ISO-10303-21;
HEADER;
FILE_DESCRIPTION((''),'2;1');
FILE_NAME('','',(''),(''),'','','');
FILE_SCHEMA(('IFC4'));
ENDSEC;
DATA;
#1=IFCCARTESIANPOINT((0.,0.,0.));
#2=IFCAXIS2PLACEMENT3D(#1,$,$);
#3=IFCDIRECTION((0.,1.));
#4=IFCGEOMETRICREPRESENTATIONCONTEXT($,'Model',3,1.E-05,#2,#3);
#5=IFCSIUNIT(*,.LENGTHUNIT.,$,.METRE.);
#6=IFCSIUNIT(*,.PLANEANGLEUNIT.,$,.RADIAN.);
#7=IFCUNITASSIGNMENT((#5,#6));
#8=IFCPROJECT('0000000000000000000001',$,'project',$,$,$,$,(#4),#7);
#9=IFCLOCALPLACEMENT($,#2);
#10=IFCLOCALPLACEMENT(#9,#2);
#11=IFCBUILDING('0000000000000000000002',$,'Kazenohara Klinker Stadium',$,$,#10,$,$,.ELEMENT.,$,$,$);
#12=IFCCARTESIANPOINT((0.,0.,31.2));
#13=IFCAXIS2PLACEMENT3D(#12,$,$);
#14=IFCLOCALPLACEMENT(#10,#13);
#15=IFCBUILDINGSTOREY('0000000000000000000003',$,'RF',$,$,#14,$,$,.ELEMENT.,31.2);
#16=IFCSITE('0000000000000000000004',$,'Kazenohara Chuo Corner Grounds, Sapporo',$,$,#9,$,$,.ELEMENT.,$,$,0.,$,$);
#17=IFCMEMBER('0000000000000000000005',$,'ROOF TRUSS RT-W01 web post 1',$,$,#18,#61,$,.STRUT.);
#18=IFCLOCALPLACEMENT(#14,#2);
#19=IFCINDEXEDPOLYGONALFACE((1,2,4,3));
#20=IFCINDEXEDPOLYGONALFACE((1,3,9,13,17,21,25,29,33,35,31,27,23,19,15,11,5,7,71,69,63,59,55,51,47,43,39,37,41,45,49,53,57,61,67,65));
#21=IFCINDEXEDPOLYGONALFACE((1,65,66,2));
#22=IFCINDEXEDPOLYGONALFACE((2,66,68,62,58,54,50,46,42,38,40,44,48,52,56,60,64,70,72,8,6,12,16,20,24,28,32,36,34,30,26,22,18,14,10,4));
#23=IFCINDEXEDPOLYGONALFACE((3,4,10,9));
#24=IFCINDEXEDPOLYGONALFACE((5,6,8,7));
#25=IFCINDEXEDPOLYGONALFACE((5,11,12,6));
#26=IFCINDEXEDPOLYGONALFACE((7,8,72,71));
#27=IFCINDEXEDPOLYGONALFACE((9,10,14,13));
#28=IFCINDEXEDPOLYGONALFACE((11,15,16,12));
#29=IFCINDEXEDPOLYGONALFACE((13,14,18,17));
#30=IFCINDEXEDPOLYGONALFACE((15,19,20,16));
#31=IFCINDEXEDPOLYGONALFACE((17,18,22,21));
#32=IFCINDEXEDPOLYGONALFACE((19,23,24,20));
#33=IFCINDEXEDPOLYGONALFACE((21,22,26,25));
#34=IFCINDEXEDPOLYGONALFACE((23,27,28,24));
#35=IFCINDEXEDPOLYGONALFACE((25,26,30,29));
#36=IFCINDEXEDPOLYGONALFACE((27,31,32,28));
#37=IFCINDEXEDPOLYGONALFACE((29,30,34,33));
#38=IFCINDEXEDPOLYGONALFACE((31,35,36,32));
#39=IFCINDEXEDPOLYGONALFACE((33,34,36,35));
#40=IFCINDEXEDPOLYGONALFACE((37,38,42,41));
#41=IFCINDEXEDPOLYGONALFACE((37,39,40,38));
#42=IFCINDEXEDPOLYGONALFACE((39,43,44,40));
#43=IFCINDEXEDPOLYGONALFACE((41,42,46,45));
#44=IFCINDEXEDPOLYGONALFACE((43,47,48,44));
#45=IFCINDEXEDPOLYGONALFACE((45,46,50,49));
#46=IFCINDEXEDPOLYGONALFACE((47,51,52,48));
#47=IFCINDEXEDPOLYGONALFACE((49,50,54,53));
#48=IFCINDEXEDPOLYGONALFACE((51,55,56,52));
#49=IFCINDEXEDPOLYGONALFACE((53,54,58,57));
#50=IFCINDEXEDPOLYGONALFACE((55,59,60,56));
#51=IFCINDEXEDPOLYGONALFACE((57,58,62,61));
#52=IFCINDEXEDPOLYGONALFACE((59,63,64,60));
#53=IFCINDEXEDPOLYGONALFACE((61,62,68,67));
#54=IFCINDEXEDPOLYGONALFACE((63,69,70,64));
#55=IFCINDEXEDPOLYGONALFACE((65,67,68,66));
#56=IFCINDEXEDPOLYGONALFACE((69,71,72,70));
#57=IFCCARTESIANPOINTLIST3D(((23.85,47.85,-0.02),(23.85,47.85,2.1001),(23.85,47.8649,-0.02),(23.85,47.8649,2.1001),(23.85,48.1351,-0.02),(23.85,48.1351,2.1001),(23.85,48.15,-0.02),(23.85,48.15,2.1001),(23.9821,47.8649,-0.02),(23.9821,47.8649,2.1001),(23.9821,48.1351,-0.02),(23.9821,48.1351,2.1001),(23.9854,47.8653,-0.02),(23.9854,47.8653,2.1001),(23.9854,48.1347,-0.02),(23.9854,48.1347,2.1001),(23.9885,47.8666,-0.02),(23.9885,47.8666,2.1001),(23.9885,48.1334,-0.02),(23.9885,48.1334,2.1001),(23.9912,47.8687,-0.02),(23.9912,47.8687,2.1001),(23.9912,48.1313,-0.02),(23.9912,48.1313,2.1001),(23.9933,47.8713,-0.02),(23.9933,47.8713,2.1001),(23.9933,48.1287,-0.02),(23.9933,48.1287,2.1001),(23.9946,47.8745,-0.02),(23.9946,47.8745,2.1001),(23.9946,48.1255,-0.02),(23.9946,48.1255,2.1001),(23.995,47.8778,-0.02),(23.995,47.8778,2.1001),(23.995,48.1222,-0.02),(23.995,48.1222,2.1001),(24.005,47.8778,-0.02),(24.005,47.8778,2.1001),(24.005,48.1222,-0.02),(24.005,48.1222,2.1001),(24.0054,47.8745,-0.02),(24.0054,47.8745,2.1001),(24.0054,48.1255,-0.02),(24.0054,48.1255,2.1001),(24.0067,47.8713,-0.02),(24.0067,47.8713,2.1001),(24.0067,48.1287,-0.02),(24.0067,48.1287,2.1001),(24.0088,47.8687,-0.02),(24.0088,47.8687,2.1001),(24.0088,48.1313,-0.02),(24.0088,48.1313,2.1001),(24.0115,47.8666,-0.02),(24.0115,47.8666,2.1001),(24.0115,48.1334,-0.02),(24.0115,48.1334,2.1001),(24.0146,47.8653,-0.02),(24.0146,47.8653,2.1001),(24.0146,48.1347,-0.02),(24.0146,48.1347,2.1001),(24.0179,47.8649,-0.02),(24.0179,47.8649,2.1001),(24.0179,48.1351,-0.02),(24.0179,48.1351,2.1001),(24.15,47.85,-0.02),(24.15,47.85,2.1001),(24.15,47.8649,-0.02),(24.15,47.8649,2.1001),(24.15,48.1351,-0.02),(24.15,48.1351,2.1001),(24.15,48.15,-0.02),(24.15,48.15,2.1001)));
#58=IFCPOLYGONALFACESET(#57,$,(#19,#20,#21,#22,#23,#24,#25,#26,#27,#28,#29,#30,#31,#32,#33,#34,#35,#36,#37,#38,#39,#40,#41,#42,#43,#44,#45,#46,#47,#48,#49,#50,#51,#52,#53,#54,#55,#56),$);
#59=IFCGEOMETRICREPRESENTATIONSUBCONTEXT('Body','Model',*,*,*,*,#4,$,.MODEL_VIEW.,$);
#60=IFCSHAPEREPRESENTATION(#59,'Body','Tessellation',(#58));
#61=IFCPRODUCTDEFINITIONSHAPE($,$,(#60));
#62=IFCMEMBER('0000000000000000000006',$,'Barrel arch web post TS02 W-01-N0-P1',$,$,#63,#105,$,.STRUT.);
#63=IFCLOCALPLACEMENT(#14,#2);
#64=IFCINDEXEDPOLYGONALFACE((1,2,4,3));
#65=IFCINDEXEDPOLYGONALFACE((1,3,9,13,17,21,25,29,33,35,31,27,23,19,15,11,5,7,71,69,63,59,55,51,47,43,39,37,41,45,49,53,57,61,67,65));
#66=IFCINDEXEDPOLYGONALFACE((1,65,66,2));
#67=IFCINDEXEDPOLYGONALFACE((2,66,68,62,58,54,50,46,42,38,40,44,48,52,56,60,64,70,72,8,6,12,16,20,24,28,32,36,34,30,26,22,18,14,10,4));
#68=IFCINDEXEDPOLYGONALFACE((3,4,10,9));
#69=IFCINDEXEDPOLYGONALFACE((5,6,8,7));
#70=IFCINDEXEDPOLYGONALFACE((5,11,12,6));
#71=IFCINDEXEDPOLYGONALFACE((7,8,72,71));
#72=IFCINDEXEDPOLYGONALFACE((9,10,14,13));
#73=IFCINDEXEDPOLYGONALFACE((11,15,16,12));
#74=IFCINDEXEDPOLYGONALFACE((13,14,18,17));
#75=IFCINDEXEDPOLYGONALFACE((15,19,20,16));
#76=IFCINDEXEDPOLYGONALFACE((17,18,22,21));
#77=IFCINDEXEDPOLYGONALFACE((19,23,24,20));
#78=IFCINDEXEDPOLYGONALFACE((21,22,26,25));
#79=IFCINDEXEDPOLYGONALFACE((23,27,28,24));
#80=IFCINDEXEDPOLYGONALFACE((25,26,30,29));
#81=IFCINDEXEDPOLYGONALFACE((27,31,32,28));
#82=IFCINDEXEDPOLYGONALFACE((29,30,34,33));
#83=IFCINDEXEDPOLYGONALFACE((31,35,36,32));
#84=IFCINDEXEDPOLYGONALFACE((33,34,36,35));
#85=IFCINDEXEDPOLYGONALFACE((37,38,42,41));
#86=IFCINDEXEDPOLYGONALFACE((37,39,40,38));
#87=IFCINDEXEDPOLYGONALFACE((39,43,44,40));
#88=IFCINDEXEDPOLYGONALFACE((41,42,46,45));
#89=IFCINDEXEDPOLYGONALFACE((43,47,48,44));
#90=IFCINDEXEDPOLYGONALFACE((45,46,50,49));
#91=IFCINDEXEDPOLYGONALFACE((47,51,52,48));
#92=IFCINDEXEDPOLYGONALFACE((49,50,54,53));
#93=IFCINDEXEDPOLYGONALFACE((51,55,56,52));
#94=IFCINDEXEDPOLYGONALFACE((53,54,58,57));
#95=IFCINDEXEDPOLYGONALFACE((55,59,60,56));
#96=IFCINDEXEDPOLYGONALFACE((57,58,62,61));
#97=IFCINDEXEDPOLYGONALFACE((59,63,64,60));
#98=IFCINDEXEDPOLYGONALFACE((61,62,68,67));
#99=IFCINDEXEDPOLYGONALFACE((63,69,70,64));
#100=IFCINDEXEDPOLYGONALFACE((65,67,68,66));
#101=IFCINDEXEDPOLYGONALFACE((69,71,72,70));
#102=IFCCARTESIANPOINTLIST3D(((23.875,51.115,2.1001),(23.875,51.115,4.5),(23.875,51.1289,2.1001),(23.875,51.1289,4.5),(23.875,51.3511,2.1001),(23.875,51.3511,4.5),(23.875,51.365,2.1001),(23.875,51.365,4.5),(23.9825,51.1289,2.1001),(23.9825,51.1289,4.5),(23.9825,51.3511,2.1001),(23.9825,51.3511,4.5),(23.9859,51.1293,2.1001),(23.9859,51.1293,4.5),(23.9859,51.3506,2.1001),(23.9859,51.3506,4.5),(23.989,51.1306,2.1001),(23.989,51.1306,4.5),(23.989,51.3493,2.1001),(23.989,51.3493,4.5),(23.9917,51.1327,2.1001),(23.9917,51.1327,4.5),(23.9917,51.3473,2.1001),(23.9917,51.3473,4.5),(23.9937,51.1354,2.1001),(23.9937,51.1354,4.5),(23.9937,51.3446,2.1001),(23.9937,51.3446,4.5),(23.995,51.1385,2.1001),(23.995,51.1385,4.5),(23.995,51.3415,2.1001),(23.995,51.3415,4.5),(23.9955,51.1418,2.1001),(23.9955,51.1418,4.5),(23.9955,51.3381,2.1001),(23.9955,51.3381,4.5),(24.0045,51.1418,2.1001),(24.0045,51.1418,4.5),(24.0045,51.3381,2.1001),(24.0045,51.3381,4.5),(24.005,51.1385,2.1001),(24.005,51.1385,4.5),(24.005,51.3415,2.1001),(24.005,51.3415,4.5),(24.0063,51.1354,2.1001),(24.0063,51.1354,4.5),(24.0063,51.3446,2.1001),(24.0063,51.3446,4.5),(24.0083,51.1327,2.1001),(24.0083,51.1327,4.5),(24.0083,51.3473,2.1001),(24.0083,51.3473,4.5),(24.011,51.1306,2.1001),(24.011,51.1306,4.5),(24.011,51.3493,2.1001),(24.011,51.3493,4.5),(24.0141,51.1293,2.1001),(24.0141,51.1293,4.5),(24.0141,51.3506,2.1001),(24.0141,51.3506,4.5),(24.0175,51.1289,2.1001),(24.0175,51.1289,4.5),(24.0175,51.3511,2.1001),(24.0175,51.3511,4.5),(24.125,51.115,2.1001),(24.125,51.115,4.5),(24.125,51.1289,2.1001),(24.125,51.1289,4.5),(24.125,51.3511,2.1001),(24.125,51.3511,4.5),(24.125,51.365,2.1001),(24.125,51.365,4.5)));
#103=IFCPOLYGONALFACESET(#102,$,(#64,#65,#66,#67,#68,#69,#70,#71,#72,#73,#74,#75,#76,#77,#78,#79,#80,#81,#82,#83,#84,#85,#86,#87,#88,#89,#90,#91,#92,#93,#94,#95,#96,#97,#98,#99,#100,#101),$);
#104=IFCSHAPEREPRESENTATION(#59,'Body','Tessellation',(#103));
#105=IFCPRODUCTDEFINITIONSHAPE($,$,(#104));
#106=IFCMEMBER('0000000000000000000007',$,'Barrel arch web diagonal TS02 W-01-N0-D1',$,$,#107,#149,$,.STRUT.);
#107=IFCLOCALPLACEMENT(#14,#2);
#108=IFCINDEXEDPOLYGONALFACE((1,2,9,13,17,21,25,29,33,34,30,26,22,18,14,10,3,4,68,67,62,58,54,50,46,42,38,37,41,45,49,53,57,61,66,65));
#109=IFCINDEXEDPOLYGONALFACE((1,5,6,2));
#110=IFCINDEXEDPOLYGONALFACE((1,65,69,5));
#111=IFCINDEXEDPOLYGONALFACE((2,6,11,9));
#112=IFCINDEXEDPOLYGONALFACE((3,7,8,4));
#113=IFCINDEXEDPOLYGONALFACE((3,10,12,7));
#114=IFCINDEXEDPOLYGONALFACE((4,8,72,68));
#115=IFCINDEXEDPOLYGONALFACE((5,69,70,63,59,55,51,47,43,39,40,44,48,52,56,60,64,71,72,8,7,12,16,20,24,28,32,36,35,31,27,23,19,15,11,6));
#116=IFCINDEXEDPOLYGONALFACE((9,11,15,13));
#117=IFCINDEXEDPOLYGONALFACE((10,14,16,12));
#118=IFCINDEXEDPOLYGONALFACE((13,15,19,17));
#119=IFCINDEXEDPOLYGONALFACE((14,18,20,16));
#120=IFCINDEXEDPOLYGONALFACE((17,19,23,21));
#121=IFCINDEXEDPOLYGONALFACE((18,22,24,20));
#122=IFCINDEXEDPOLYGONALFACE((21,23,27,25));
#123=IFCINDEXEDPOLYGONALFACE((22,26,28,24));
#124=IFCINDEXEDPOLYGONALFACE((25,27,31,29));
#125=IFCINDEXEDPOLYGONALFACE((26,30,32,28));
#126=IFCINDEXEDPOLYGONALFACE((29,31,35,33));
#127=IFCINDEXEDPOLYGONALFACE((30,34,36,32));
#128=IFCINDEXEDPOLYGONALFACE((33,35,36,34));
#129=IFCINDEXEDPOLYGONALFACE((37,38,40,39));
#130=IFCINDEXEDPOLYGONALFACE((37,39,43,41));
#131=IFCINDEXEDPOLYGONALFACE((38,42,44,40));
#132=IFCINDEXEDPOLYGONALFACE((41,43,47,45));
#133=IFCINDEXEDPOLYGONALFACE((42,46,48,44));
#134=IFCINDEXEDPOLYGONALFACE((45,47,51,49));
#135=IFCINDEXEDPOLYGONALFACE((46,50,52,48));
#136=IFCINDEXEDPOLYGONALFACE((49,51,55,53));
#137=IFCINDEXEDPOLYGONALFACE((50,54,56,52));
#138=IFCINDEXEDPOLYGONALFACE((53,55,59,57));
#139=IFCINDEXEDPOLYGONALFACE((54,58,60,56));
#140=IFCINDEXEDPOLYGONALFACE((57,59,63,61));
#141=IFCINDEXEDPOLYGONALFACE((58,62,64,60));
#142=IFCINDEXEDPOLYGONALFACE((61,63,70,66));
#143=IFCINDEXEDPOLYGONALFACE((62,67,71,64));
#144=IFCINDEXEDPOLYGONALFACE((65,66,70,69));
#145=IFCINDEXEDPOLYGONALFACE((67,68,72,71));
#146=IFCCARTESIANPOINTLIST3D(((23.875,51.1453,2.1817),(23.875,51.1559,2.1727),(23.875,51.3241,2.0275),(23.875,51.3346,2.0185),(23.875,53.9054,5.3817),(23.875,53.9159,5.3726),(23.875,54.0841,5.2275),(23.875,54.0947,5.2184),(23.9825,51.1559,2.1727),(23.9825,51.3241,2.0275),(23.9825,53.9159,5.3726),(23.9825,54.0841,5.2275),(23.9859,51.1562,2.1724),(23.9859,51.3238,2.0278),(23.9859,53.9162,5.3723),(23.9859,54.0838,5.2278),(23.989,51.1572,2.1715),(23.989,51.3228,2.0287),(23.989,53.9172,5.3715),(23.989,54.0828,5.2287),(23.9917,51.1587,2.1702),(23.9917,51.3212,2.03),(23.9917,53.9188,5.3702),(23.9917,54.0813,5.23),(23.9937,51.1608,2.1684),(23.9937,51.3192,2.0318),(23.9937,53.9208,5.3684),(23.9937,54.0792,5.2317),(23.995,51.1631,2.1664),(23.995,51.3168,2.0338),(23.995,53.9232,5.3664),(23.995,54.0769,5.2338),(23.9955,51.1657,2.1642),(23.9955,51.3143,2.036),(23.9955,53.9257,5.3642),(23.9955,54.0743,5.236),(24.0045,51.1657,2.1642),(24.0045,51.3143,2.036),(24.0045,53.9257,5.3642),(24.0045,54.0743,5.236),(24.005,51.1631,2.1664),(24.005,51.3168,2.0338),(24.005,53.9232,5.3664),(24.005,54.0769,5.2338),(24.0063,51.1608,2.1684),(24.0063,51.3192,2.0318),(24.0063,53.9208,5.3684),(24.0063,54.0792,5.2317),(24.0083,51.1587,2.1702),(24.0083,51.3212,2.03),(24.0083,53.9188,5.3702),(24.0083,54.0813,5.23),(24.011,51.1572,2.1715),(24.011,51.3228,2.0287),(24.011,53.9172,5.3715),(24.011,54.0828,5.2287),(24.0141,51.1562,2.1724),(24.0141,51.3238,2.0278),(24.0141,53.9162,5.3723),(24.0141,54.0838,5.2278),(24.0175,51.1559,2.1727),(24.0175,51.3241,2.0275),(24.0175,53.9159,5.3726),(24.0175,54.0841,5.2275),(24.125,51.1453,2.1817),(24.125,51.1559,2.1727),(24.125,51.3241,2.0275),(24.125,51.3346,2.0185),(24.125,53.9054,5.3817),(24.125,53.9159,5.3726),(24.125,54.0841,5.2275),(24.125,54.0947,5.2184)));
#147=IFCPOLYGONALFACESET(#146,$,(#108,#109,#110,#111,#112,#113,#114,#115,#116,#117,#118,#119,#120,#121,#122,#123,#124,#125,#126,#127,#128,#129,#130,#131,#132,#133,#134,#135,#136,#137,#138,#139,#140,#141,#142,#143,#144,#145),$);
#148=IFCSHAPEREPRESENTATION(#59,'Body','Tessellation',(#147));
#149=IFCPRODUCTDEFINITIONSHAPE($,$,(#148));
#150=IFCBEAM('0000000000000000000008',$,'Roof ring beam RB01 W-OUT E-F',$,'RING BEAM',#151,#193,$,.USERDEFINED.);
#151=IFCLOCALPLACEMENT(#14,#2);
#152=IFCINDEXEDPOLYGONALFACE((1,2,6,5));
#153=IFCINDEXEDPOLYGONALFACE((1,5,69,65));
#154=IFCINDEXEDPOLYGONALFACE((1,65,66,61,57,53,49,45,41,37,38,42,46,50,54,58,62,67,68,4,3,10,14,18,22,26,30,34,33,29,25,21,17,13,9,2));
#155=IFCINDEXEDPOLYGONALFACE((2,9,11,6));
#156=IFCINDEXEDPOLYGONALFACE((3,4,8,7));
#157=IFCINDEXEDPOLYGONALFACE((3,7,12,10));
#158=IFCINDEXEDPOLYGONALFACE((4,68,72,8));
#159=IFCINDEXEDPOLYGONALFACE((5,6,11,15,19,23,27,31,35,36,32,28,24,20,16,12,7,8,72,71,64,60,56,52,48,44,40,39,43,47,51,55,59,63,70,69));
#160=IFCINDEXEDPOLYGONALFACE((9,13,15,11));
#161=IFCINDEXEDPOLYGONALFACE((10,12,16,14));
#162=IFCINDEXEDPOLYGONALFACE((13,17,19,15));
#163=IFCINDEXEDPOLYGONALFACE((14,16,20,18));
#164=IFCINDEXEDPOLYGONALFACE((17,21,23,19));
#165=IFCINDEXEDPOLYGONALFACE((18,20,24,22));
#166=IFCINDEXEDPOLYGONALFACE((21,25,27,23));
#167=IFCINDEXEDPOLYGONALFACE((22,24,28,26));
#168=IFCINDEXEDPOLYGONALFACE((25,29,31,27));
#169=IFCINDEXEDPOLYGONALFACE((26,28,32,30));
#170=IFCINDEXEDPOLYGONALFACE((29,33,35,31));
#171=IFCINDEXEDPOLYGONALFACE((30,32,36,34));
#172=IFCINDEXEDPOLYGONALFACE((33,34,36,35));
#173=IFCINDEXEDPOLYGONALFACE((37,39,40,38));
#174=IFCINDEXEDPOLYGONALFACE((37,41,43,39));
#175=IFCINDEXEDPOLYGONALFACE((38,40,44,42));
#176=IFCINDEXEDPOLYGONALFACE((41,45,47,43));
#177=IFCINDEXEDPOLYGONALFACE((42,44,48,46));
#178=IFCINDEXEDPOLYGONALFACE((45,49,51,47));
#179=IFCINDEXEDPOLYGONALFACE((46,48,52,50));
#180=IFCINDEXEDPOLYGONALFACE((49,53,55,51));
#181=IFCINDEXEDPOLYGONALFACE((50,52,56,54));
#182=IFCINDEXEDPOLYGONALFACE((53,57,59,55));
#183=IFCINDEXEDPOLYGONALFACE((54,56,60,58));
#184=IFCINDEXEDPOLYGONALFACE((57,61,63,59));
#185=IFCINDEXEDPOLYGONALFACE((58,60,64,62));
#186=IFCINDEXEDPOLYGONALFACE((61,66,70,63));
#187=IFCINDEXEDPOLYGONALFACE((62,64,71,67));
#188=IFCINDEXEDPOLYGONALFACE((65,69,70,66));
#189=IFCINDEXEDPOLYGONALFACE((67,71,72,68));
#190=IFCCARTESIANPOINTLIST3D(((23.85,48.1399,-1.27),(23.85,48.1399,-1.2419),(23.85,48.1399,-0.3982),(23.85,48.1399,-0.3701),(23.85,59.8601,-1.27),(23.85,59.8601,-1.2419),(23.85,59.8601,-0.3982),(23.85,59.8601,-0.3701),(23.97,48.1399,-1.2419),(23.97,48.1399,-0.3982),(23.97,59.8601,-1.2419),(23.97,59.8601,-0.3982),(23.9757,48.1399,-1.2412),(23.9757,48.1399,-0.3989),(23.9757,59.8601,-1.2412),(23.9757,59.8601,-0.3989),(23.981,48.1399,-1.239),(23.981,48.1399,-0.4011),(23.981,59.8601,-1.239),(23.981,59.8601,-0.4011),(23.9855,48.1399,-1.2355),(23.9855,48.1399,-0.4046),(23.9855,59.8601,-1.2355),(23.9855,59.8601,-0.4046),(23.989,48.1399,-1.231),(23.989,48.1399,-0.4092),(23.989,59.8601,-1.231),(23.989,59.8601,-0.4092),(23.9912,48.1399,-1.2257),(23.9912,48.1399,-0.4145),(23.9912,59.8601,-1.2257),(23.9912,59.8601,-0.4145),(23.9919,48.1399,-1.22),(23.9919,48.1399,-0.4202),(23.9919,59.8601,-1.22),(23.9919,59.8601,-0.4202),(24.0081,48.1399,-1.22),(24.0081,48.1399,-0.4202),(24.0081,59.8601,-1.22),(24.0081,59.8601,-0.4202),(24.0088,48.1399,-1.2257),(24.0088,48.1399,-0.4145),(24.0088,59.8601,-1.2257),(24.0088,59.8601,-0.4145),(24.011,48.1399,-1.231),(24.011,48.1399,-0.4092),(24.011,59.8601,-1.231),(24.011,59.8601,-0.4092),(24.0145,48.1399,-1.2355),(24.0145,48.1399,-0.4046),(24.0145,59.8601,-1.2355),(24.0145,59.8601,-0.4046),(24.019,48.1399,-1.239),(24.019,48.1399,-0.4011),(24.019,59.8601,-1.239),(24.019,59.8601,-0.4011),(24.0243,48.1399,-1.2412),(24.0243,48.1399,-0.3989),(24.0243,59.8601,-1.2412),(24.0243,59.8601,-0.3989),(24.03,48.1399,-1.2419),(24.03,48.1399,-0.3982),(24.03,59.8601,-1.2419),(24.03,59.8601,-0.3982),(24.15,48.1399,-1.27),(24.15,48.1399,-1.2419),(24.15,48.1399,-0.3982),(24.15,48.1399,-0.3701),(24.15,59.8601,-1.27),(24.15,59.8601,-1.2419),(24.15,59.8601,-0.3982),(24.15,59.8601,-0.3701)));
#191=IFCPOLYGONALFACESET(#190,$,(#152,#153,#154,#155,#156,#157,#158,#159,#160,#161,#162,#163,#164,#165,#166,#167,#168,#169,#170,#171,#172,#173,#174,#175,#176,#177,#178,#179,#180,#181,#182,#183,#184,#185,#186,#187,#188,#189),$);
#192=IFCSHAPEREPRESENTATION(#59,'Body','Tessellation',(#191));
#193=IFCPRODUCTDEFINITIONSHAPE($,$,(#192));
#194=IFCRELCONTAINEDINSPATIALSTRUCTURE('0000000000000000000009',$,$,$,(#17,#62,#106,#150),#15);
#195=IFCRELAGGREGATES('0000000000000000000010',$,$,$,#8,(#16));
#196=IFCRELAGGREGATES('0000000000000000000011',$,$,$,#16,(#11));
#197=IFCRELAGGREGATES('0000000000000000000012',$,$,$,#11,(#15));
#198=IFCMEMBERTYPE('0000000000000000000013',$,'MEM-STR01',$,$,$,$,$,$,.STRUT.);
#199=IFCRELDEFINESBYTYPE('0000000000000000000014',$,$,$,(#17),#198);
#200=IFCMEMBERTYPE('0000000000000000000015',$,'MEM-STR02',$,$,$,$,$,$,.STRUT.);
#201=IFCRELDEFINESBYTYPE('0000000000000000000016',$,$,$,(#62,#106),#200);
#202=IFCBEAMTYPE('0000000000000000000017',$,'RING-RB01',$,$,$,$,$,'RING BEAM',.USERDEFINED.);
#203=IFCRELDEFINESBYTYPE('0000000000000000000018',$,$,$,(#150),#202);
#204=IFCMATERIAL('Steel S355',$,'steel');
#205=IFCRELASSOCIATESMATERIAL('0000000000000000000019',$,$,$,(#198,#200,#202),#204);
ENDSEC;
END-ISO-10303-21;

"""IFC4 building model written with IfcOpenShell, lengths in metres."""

from ifc_helpers import new_model, si_unit, direction, frame, origin, origin_2d, place, context, subcontext, project, spatial, i_section, extrude, material, material_profile, profile_set, type_object, element, save


model = new_model("IFC4")

# Units and contexts
model_context = context("Model", 3, precision=1e-05, world=origin(), true_north=direction((0.0, 1.0)))
body_context = subcontext(model_context, "Body", "Model", "MODEL_VIEW")
ifc_project = project(units=[si_unit("LENGTHUNIT", "METRE"), si_unit("PLANEANGLEUNIT", "RADIAN")], contexts=[model_context])

# Site, building, storey
site_placement = place(None, origin())
site = spatial("IfcSite", under=ifc_project, at=site_placement, Name="Kazenohara Chuo Corner Grounds, Sapporo", CompositionType="ELEMENT", RefElevation=0.0)
building_placement = place(site_placement, origin())
building = spatial("IfcBuilding", under=site, at=building_placement, Name="Kazenohara Klinker Stadium", CompositionType="ELEMENT")
storey_placement = place(building_placement, frame((0.0, 0.0, 31.2)))
storey = spatial("IfcBuildingStorey", under=building, at=storey_placement, Name="RF", CompositionType="ELEMENT", Elevation=31.2)

# Members
ifc_material_1 = material(Name="Steel S355", Category="steel")
ifc_material_profile_1 = material_profile(ifc_material_1, i_section(OverallWidth=0.3, OverallDepth=0.3, WebThickness=0.01, FlangeThickness=0.0149, FilletRadius=0.0129, at=origin_2d()), Name="H-300x300x10x15")
ifc_profile_set_1 = profile_set([ifc_material_profile_1], Name="Steel S355")
member_type_1 = type_object("IfcMemberType", Name="MEM-STR01", PredefinedType="STRUT", material=ifc_profile_set_1)
member_1_placement = place(storey_placement, frame((24.0, 48.0, -0.02), z_axis=(0.0, 0.0, 1.0), x_axis=(1.0, 0.0, 0.0)))
element("IfcMember", 1, at=member_1_placement, inside=storey, type_object=member_type_1, Name="ROOF TRUSS RT-W01 web post 1", PredefinedType="STRUT", context=body_context, shape_type="SweptSolid", body=[
    extrude(i_section(OverallWidth=0.3, OverallDepth=0.3, WebThickness=0.01, FlangeThickness=0.0149, FilletRadius=0.0129, at=origin_2d()), origin(), (0.0, 0.0, 1.0), 2.1201),
])
ifc_material_profile_2 = material_profile(ifc_material_1, i_section(OverallWidth=0.25, OverallDepth=0.25, WebThickness=0.009, FlangeThickness=0.0139, FilletRadius=0.0129, at=origin_2d()), Name="H-250x250x9x14")
ifc_profile_set_2 = profile_set([ifc_material_profile_2], Name="Steel S355")
member_type_2 = type_object("IfcMemberType", Name="MEM-STR02", PredefinedType="STRUT", material=ifc_profile_set_2)
member_2_placement = place(storey_placement, frame((24.0, 51.24, 2.1001), z_axis=(0.0, 0.0, 1.0), x_axis=(1.0, 0.0, 0.0)))
element("IfcMember", 2, at=member_2_placement, inside=storey, type_object=member_type_2, Name="Barrel arch web post TS02 W-01-N0-P1", PredefinedType="STRUT", context=body_context, shape_type="SweptSolid", body=[
    extrude(i_section(OverallWidth=0.25, OverallDepth=0.25, WebThickness=0.009, FlangeThickness=0.0139, FilletRadius=0.0129, at=origin_2d()), origin(), (0.0, 0.0, 1.0), 2.3999),
])
member_3_placement = place(storey_placement, frame((24.0, 51.24, 2.1001), z_axis=(0.0, 0.653134, 0.757242), x_axis=(-1.0, 0.0, 0.0)))
element("IfcMember", 3, at=member_3_placement, inside=storey, type_object=member_type_2, Name="Barrel arch web diagonal TS02 W-01-N0-D1", PredefinedType="STRUT", context=body_context, shape_type="SweptSolid", body=[
    extrude(i_section(OverallWidth=0.25, OverallDepth=0.25, WebThickness=0.009, FlangeThickness=0.0139, FilletRadius=0.0129, at=origin_2d()), origin(), (0.0, 0.0, 1.0), 4.2258),
])

# Beam
ifc_material_profile_3 = material_profile(ifc_material_1, i_section(OverallWidth=0.3, OverallDepth=0.8999, WebThickness=0.0161, FlangeThickness=0.0281, FilletRadius=0.022, at=origin_2d()), Name="H-900x300x16x28")
ifc_profile_set_3 = profile_set([ifc_material_profile_3], Name="Steel S355")
beam_type_1 = type_object("IfcBeamType", Name="RING-RB01", ElementType="RING BEAM", PredefinedType="USERDEFINED", material=ifc_profile_set_3)
beam_1_placement = place(storey_placement, frame((24.0, 48.1399, -0.8201), z_axis=(0.0, 1.0, 0.0), x_axis=(-1.0, 0.0, 0.0)))
element("IfcBeam", 4, at=beam_1_placement, inside=storey, type_object=beam_type_1, Name="Roof ring beam RB01 W-OUT E-F", ObjectType="RING BEAM", PredefinedType="USERDEFINED", context=body_context, shape_type="SweptSolid", body=[
    extrude(i_section(OverallWidth=0.3, OverallDepth=0.8999, WebThickness=0.0161, FlangeThickness=0.0281, FilletRadius=0.022, at=origin_2d()), origin(), (0.0, 0.0, 1.0), 11.7202),
])

save(model, "model.ifc")
